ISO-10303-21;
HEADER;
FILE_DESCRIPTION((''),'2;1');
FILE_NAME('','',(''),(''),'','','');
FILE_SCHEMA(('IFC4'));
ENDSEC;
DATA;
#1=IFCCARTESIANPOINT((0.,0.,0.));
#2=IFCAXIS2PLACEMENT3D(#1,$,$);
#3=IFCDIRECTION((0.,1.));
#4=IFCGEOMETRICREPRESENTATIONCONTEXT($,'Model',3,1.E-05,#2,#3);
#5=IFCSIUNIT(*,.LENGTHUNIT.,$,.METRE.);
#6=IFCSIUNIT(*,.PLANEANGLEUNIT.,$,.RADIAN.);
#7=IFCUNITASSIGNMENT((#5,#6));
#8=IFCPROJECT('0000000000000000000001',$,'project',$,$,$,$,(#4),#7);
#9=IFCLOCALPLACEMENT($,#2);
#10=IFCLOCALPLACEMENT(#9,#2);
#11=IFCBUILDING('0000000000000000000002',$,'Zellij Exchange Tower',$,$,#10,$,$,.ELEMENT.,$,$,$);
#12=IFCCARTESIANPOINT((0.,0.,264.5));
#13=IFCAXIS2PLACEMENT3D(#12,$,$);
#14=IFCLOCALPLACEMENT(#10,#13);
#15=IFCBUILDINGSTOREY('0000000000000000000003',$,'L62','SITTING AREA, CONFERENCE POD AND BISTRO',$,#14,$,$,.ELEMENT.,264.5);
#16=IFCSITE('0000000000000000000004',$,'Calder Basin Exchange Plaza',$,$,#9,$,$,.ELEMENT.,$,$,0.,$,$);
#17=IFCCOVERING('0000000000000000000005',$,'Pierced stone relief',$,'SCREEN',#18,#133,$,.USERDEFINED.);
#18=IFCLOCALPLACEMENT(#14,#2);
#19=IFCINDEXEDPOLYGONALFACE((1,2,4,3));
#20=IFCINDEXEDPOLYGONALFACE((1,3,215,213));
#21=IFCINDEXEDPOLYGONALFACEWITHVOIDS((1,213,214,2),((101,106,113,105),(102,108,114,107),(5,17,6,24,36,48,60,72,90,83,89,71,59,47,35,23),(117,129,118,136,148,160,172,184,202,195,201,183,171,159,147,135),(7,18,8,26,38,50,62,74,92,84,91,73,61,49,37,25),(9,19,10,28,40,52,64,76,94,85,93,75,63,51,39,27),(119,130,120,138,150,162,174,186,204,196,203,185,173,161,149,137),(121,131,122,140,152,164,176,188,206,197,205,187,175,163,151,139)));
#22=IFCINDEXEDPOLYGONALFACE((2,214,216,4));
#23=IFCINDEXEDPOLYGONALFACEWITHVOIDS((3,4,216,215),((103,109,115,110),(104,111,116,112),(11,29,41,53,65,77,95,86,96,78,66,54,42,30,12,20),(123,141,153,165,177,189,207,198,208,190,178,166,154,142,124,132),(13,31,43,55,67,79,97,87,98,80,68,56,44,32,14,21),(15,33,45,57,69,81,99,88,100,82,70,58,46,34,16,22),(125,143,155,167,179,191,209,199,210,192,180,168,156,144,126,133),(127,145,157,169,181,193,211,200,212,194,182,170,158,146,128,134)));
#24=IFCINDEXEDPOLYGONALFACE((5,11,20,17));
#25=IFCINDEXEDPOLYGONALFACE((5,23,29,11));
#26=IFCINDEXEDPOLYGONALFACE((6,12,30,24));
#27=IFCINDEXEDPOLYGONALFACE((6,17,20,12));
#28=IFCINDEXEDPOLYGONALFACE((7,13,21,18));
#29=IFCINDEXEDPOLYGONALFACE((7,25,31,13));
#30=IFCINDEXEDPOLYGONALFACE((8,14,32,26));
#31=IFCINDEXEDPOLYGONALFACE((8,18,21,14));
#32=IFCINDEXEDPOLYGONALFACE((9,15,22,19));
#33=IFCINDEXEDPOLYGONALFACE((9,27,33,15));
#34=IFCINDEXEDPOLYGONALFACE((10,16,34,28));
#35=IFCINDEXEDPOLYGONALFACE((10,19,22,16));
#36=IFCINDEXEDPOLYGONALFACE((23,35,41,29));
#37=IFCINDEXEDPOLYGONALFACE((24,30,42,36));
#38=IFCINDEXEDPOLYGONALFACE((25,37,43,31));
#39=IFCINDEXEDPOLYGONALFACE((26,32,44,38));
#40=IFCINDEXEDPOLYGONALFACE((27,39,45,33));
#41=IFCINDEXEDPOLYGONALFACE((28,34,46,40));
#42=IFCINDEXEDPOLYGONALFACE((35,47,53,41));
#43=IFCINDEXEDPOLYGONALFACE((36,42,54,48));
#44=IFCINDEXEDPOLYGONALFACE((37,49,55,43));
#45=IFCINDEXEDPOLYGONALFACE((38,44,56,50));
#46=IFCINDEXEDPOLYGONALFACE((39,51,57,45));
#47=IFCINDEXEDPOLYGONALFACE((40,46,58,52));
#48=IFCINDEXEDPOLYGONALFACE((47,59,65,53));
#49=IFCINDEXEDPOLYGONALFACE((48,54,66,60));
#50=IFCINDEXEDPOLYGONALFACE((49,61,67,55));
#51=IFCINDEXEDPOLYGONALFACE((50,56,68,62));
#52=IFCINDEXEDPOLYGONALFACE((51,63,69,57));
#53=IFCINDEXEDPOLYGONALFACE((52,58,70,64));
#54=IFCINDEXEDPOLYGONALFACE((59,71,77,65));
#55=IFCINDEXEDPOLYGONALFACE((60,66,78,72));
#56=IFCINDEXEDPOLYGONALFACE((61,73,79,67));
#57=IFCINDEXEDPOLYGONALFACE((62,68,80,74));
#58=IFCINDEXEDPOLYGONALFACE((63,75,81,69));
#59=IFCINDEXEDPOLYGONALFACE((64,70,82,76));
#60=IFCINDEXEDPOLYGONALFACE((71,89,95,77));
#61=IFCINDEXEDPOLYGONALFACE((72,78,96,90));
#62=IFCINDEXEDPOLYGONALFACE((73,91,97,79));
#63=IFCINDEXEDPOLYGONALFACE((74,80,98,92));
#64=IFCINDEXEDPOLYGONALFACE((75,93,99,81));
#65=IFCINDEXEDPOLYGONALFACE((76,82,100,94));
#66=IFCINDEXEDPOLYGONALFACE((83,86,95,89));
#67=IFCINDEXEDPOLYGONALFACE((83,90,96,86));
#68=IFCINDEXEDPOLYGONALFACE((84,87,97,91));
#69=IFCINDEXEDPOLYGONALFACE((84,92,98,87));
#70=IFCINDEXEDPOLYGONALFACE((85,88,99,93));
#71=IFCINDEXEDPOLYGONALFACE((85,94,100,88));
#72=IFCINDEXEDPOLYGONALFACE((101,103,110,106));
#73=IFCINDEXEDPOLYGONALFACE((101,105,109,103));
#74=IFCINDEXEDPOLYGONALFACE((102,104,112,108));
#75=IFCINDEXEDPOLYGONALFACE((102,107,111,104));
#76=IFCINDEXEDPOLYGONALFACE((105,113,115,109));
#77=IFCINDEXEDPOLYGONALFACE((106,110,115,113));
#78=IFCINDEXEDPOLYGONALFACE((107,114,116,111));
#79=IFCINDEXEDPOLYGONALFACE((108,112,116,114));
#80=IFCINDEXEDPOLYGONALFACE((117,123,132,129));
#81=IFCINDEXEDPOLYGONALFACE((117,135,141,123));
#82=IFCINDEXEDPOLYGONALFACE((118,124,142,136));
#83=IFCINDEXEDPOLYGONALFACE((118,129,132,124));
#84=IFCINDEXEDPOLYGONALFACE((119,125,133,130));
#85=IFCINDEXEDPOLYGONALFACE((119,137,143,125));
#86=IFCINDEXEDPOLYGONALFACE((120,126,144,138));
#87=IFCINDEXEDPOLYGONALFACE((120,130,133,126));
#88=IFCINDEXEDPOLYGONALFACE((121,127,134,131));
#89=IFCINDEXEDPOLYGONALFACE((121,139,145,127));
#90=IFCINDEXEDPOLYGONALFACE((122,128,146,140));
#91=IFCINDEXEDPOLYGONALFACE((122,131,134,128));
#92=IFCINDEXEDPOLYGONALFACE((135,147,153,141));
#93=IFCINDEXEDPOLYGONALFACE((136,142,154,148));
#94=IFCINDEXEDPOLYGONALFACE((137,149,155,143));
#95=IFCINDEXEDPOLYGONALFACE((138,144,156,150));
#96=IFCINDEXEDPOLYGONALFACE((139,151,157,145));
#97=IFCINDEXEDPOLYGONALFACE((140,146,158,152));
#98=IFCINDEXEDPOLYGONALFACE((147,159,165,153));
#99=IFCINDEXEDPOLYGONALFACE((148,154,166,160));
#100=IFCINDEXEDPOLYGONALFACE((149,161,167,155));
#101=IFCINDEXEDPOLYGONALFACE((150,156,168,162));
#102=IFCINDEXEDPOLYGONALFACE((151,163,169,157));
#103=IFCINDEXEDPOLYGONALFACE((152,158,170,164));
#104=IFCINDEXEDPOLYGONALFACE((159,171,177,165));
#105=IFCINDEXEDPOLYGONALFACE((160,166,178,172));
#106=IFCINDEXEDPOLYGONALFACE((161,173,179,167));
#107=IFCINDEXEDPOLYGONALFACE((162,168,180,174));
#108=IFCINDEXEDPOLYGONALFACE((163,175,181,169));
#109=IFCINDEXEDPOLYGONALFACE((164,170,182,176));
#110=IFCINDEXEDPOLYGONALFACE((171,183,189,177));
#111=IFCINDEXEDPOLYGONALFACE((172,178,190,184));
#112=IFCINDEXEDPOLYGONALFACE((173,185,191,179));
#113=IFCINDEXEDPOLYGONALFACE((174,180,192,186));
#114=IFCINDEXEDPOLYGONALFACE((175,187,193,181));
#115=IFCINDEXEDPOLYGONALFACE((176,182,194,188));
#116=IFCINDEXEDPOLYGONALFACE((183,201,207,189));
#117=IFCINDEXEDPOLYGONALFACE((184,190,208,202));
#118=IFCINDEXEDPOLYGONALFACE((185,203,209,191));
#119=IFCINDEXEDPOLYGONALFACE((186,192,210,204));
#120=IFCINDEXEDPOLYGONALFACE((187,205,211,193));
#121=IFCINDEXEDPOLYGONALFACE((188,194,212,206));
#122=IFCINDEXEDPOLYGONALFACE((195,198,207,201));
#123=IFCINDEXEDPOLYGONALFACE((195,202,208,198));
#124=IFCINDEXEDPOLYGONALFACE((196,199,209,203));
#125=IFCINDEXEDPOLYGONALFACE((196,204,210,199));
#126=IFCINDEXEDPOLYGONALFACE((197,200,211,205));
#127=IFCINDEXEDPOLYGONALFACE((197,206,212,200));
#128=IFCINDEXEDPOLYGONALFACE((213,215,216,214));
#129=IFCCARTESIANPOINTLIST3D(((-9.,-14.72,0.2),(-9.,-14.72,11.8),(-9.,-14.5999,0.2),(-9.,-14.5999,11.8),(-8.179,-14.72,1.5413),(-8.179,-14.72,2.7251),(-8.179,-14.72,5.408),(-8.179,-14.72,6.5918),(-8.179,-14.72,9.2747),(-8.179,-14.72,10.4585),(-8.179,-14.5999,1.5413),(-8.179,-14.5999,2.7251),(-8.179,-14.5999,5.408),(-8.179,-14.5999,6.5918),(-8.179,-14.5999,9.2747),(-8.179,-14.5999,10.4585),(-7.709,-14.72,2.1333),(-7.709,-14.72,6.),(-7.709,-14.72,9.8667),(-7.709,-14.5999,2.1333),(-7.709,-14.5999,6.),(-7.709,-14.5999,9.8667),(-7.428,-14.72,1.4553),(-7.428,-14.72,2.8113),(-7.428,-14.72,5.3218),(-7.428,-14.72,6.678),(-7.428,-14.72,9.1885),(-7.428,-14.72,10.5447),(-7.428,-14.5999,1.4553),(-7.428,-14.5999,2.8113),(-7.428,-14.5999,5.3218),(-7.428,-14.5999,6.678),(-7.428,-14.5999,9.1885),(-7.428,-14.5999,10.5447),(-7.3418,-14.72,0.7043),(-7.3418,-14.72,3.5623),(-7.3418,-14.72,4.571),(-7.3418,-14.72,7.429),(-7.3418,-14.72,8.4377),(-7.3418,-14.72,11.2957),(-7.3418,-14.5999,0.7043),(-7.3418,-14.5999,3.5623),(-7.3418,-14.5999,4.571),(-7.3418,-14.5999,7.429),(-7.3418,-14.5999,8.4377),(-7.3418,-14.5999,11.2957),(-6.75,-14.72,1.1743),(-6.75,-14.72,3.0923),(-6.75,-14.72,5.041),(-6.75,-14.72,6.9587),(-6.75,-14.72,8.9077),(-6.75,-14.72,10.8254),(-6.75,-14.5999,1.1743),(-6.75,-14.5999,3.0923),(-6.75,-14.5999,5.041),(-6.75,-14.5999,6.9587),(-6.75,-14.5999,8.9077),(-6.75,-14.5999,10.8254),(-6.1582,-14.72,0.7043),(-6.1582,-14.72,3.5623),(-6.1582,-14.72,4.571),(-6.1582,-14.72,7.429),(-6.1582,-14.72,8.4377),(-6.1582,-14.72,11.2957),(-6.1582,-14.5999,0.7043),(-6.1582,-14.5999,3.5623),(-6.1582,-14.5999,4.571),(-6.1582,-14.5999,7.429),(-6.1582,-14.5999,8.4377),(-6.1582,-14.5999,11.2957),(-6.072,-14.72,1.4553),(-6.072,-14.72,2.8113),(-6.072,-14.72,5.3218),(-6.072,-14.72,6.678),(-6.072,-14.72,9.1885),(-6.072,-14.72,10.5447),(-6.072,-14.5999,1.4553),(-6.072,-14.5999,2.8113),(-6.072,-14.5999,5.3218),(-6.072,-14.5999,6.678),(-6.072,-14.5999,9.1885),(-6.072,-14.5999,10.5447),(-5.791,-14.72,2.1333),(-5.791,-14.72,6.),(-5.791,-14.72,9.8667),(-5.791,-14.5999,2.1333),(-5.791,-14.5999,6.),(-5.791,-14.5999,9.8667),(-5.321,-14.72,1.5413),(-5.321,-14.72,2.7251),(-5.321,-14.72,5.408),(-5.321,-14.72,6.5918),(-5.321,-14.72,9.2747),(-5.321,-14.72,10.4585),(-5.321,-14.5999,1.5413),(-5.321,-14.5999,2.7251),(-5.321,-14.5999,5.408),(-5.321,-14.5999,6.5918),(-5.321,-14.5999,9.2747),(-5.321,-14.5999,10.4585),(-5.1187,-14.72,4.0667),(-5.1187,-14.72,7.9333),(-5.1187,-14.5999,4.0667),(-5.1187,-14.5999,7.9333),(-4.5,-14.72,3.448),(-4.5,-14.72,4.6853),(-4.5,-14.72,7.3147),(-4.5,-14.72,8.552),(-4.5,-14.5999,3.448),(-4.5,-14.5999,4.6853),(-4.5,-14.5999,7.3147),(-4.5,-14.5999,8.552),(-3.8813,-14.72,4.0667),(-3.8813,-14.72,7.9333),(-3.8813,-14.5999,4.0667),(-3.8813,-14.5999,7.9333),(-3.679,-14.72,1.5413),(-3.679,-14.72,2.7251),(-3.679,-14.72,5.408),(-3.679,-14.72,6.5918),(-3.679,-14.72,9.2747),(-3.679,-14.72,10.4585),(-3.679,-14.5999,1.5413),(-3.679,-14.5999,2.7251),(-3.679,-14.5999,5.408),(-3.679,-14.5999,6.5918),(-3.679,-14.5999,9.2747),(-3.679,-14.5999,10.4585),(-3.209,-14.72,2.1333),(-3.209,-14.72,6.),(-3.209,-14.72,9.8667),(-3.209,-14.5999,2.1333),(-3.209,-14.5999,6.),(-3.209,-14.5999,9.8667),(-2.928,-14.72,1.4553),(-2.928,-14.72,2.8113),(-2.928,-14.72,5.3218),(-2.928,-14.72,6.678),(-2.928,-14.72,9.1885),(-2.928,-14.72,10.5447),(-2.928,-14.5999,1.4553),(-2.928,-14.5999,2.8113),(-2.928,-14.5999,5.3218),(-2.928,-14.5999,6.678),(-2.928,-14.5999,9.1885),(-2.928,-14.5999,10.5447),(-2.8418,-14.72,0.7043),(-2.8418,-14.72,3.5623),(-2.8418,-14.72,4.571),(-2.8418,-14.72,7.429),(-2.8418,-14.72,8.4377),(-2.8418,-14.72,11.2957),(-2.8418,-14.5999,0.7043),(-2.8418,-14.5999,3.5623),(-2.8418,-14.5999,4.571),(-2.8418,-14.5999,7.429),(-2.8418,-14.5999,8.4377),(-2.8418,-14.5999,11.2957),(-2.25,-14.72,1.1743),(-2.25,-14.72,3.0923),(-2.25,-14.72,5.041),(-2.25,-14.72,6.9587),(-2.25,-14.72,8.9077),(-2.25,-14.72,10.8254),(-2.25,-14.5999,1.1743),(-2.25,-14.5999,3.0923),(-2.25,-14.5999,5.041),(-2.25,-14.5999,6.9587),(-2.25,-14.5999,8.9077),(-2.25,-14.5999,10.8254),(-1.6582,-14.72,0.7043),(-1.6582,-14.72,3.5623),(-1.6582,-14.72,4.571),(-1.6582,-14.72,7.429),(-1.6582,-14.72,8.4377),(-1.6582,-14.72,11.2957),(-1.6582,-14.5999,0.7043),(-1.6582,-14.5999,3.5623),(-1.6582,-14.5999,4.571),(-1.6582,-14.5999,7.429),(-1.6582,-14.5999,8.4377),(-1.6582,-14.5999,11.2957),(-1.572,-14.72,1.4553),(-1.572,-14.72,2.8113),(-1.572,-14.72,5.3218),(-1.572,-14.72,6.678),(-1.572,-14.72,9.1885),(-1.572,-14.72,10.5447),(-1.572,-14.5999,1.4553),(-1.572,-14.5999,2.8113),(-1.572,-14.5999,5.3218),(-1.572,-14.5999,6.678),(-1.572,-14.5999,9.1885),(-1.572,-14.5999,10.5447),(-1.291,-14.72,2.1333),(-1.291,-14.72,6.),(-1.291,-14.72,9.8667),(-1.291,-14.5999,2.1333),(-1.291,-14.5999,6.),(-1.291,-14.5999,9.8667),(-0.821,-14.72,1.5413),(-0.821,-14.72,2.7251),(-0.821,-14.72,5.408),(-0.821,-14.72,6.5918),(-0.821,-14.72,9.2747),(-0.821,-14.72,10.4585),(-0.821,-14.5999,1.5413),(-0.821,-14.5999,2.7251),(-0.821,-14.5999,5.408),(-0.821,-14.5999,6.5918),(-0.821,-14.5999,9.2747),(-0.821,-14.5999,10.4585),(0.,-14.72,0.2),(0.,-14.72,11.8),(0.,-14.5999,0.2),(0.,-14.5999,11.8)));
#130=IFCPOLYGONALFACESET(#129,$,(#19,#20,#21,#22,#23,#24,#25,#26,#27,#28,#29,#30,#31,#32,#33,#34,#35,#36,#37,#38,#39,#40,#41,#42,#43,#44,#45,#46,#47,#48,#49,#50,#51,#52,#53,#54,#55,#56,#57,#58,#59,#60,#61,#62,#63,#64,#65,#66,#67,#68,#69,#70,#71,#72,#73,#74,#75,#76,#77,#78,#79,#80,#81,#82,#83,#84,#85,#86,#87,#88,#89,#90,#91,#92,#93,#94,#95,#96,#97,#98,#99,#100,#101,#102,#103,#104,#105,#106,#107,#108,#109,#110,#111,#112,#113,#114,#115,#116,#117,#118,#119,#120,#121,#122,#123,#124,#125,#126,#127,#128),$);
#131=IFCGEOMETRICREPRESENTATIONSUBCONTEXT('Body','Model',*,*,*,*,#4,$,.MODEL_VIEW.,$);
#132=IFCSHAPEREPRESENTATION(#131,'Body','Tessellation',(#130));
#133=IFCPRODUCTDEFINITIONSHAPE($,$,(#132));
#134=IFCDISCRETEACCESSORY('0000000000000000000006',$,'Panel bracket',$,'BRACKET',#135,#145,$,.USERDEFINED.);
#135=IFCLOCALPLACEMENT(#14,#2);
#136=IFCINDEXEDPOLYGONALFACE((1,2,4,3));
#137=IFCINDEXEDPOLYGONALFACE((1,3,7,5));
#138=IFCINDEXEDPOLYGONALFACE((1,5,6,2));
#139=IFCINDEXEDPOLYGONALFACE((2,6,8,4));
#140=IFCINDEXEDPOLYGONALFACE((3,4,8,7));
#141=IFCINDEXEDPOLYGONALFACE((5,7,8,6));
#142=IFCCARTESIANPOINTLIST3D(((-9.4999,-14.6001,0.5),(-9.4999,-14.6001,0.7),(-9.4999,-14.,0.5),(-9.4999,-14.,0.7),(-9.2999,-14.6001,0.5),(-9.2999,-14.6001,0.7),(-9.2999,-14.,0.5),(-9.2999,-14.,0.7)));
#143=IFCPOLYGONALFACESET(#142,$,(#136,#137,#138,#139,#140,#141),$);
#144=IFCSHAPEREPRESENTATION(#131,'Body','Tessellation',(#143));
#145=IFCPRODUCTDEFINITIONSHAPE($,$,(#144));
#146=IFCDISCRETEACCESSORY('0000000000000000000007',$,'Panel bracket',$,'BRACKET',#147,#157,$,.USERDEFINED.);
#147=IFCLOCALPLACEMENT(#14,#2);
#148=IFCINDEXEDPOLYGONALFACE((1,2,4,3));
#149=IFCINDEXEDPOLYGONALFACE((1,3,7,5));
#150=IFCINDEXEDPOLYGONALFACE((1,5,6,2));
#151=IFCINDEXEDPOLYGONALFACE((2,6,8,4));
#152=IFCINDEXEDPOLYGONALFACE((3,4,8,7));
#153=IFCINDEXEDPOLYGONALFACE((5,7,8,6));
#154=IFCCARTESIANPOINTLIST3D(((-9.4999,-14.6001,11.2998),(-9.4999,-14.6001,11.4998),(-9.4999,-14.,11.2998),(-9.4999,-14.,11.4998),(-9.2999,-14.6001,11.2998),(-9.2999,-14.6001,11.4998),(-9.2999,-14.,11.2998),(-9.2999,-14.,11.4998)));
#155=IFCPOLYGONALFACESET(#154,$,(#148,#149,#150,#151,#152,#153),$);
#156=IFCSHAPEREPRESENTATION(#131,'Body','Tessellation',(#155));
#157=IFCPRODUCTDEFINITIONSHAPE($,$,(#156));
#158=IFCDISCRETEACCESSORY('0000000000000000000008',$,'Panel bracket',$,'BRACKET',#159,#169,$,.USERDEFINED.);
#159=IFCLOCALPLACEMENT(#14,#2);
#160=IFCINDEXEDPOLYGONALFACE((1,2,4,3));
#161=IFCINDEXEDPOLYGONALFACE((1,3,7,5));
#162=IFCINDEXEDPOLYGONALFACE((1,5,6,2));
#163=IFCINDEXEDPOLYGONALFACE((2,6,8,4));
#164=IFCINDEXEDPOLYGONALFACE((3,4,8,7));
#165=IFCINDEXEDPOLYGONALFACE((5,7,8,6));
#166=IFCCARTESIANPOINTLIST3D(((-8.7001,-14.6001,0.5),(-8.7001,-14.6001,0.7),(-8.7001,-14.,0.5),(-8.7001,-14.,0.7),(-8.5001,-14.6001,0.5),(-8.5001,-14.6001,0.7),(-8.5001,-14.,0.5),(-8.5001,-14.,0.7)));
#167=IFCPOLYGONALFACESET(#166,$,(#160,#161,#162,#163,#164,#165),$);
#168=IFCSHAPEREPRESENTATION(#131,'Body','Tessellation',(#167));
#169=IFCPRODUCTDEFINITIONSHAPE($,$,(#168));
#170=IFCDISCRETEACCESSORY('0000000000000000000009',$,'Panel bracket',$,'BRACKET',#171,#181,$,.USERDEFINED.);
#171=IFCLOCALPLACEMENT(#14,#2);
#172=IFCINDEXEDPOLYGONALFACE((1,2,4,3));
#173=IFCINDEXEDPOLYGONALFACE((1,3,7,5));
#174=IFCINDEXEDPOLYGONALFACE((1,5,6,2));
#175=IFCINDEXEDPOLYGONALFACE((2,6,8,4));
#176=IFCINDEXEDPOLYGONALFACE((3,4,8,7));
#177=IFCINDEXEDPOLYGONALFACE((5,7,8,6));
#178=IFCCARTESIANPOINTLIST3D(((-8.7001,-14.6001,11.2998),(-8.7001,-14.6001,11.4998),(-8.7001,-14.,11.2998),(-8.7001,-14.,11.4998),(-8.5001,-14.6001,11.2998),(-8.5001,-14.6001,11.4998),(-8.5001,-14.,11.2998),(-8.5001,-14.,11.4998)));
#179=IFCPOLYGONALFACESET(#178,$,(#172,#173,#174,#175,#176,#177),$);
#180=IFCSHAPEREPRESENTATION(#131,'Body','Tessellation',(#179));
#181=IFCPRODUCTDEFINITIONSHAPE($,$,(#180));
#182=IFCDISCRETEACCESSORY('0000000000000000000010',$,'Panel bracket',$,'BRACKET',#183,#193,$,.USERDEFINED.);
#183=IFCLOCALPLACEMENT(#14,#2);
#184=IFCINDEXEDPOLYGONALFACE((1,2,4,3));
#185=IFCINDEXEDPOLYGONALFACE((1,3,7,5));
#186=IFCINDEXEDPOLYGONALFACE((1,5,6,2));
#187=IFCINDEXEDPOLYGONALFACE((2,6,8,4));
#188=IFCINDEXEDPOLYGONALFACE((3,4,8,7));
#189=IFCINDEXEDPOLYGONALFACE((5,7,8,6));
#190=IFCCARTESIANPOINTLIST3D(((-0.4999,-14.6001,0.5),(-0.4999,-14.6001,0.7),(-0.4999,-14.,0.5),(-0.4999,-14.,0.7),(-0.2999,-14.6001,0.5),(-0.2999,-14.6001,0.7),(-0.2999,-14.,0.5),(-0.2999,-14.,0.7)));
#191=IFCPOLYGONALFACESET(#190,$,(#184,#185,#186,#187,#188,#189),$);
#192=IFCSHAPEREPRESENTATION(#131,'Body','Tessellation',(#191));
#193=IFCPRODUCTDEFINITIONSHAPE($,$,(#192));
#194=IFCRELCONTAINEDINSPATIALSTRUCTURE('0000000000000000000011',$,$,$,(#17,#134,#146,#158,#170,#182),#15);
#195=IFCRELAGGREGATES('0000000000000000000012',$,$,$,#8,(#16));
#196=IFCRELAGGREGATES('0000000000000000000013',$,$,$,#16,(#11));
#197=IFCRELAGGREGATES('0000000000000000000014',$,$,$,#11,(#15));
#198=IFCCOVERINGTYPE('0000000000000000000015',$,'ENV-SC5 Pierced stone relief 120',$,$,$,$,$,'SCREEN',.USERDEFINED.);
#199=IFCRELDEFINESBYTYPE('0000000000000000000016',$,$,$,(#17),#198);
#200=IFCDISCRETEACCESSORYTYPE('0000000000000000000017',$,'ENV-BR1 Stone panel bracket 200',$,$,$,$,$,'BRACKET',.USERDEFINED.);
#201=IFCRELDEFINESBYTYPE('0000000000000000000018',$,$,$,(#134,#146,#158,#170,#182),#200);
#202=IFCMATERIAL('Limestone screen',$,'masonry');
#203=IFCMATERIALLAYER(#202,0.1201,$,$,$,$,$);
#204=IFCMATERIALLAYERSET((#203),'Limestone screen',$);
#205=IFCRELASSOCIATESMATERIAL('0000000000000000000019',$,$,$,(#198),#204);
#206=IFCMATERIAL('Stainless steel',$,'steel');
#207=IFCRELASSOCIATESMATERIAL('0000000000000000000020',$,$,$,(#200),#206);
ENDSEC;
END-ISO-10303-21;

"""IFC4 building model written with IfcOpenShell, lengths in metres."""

from ifc_helpers import new_model, si_unit, direction, frame, origin, origin_2d, place, context, subcontext, project, spatial, polyline, rectangle, outline, extrude, material, layer, layer_set, type_object, element, save


model = new_model("IFC4")

# Units and contexts
model_context = context("Model", 3, precision=1e-05, world=origin(), true_north=direction((0.0, 1.0)))
body_context = subcontext(model_context, "Body", "Model", "MODEL_VIEW")
ifc_project = project(units=[si_unit("LENGTHUNIT", "METRE"), si_unit("PLANEANGLEUNIT", "RADIAN")], contexts=[model_context])

# Site, building, storey
site_placement = place(None, origin())
site = spatial("IfcSite", under=ifc_project, at=site_placement, Name="Calder Basin Exchange Plaza", CompositionType="ELEMENT", RefElevation=0.0)
building_placement = place(site_placement, origin())
building = spatial("IfcBuilding", under=site, at=building_placement, Name="Zellij Exchange Tower", CompositionType="ELEMENT")
storey_placement = place(building_placement, frame((0.0, 0.0, 264.5)))
storey = spatial("IfcBuildingStorey", under=building, at=storey_placement, Name="L62", Description="SITTING AREA, CONFERENCE POD AND BISTRO", CompositionType="ELEMENT", Elevation=264.5)

# Shared definitions
ifc_material_1 = material(Name="Stainless steel", Category="steel")

# Covering
ifc_material_2 = material(Name="Limestone screen", Category="masonry")
ifc_layer_1 = layer(ifc_material_2, 0.1201)
ifc_layer_set_1 = layer_set([ifc_layer_1], Name="Limestone screen")
covering_type = type_object("IfcCoveringType", Name="ENV-SC5 Pierced stone relief 120", ElementType="SCREEN", PredefinedType="USERDEFINED", material=ifc_layer_set_1)
covering_placement = place(storey_placement, frame((-9.0, -14.6599, 0.2), z_axis=(0.0, 0.0, 1.0), x_axis=(1.0, 0.0, 0.0)))
element("IfcCovering", 1, at=covering_placement, inside=storey, type_object=covering_type, Name="Pierced stone relief", ObjectType="SCREEN", PredefinedType="USERDEFINED", context=body_context, shape_type="SweptSolid", body=[
    extrude(outline(polyline([(0.0, 0.0), (9.0, 0.0), (9.0, 11.6001), (0.0, 11.6001), (0.0, 0.0)]), holes=[polyline([(3.679, 2.5251), (2.928, 2.6113), (2.8418, 3.3623), (2.25, 2.8923), (1.6582, 3.3623), (1.572, 2.6113), (0.821, 2.5251), (1.291, 1.9333), (0.821, 1.3413), (1.572, 1.2554), (1.6582, 0.5044), (2.25, 0.9744), (2.8418, 0.5044), (2.928, 1.2554), (3.679, 1.3413), (3.209, 1.9333), (3.679, 2.5251)]), polyline([(3.679, 6.3918), (2.928, 6.478), (2.8418, 7.229), (2.25, 6.7588), (1.6582, 7.229), (1.572, 6.478), (0.821, 6.3918), (1.291, 5.8), (0.821, 5.208), (1.572, 5.1218), (1.6582, 4.3711), (2.25, 4.8411), (2.8418, 4.3711), (2.928, 5.1218), (3.679, 5.208), (3.209, 5.8), (3.679, 6.3918)]), polyline([(3.679, 10.2585), (2.928, 10.3447), (2.8418, 11.0957), (2.25, 10.6255), (1.6582, 11.0957), (1.572, 10.3447), (0.821, 10.2585), (1.291, 9.6667), (0.821, 9.0747), (1.572, 8.9885), (1.6582, 8.2378), (2.25, 8.7078), (2.8418, 8.2378), (2.928, 8.9885), (3.679, 9.0747), (3.209, 9.6667), (3.679, 10.2585)]), polyline([(8.179, 2.5251), (7.428, 2.6113), (7.3418, 3.3623), (6.75, 2.8923), (6.1582, 3.3623), (6.072, 2.6113), (5.321, 2.5251), (5.791, 1.9333), (5.321, 1.3413), (6.072, 1.2554), (6.1582, 0.5044), (6.75, 0.9744), (7.3418, 0.5044), (7.428, 1.2554), (8.179, 1.3413), (7.709, 1.9333), (8.179, 2.5251)]), polyline([(8.179, 6.3918), (7.428, 6.478), (7.3418, 7.229), (6.75, 6.7588), (6.1582, 7.229), (6.072, 6.478), (5.321, 6.3918), (5.791, 5.8), (5.321, 5.208), (6.072, 5.1218), (6.1582, 4.3711), (6.75, 4.8411), (7.3418, 4.3711), (7.428, 5.1218), (8.179, 5.208), (7.709, 5.8), (8.179, 6.3918)]), polyline([(8.179, 10.2585), (7.428, 10.3447), (7.3418, 11.0957), (6.75, 10.6255), (6.1582, 11.0957), (6.072, 10.3447), (5.321, 10.2585), (5.791, 9.6667), (5.321, 9.0747), (6.072, 8.9885), (6.1582, 8.2378), (6.75, 8.7078), (7.3418, 8.2378), (7.428, 8.9885), (8.179, 9.0747), (7.709, 9.6667), (8.179, 10.2585)]), polyline([(5.1187, 3.8667), (4.5, 4.4854), (3.8813, 3.8667), (4.5, 3.248), (5.1187, 3.8667)]), polyline([(5.1187, 7.7334), (4.5, 8.3521), (3.8813, 7.7334), (4.5, 7.1147), (5.1187, 7.7334)])]), frame((0.0, 0.0601, 0.0), z_axis=(0.0, -1.0, 0.0), x_axis=(1.0, 0.0, 0.0)), (0.0, 0.0, 1.0), 0.1201),
])

# Discrete accessories
discrete_accessory_type = type_object("IfcDiscreteAccessoryType", Name="ENV-BR1 Stone panel bracket 200", ElementType="BRACKET", PredefinedType="USERDEFINED", material=ifc_material_1)
for number, where, z_axis, x_axis, name in (
    (2, (-9.3999, -14.3, 0.5), (0.0, 0.0, 1.0), (1.0, 0.0, 0.0), "Panel bracket"),
    (3, (-9.3999, -14.3, 11.2998), (0.0, 0.0, 1.0), (1.0, 0.0, 0.0), "Panel bracket"),
    (4, (-8.6001, -14.3, 0.5), (0.0, 0.0, 1.0), (1.0, 0.0, 0.0), "Panel bracket"),
    (5, (-8.6001, -14.3, 11.2998), (0.0, 0.0, 1.0), (1.0, 0.0, 0.0), "Panel bracket"),
    (6, (-0.3999, -14.3, 0.5), (0.0, 0.0, 1.0), (1.0, 0.0, 0.0), "Panel bracket"),
):
    element("IfcDiscreteAccessory", number, at=place(storey_placement, frame(where, z_axis=z_axis, x_axis=x_axis)), inside=storey, type_object=discrete_accessory_type, Name=name, ObjectType="BRACKET", PredefinedType="USERDEFINED", context=body_context, shape_type="SweptSolid", body=[
        extrude(rectangle(XDim=0.2, YDim=0.6001, at=origin_2d()), origin(), (0.0, 0.0, 1.0), 0.2),
    ])

save(model, "model.ifc")
